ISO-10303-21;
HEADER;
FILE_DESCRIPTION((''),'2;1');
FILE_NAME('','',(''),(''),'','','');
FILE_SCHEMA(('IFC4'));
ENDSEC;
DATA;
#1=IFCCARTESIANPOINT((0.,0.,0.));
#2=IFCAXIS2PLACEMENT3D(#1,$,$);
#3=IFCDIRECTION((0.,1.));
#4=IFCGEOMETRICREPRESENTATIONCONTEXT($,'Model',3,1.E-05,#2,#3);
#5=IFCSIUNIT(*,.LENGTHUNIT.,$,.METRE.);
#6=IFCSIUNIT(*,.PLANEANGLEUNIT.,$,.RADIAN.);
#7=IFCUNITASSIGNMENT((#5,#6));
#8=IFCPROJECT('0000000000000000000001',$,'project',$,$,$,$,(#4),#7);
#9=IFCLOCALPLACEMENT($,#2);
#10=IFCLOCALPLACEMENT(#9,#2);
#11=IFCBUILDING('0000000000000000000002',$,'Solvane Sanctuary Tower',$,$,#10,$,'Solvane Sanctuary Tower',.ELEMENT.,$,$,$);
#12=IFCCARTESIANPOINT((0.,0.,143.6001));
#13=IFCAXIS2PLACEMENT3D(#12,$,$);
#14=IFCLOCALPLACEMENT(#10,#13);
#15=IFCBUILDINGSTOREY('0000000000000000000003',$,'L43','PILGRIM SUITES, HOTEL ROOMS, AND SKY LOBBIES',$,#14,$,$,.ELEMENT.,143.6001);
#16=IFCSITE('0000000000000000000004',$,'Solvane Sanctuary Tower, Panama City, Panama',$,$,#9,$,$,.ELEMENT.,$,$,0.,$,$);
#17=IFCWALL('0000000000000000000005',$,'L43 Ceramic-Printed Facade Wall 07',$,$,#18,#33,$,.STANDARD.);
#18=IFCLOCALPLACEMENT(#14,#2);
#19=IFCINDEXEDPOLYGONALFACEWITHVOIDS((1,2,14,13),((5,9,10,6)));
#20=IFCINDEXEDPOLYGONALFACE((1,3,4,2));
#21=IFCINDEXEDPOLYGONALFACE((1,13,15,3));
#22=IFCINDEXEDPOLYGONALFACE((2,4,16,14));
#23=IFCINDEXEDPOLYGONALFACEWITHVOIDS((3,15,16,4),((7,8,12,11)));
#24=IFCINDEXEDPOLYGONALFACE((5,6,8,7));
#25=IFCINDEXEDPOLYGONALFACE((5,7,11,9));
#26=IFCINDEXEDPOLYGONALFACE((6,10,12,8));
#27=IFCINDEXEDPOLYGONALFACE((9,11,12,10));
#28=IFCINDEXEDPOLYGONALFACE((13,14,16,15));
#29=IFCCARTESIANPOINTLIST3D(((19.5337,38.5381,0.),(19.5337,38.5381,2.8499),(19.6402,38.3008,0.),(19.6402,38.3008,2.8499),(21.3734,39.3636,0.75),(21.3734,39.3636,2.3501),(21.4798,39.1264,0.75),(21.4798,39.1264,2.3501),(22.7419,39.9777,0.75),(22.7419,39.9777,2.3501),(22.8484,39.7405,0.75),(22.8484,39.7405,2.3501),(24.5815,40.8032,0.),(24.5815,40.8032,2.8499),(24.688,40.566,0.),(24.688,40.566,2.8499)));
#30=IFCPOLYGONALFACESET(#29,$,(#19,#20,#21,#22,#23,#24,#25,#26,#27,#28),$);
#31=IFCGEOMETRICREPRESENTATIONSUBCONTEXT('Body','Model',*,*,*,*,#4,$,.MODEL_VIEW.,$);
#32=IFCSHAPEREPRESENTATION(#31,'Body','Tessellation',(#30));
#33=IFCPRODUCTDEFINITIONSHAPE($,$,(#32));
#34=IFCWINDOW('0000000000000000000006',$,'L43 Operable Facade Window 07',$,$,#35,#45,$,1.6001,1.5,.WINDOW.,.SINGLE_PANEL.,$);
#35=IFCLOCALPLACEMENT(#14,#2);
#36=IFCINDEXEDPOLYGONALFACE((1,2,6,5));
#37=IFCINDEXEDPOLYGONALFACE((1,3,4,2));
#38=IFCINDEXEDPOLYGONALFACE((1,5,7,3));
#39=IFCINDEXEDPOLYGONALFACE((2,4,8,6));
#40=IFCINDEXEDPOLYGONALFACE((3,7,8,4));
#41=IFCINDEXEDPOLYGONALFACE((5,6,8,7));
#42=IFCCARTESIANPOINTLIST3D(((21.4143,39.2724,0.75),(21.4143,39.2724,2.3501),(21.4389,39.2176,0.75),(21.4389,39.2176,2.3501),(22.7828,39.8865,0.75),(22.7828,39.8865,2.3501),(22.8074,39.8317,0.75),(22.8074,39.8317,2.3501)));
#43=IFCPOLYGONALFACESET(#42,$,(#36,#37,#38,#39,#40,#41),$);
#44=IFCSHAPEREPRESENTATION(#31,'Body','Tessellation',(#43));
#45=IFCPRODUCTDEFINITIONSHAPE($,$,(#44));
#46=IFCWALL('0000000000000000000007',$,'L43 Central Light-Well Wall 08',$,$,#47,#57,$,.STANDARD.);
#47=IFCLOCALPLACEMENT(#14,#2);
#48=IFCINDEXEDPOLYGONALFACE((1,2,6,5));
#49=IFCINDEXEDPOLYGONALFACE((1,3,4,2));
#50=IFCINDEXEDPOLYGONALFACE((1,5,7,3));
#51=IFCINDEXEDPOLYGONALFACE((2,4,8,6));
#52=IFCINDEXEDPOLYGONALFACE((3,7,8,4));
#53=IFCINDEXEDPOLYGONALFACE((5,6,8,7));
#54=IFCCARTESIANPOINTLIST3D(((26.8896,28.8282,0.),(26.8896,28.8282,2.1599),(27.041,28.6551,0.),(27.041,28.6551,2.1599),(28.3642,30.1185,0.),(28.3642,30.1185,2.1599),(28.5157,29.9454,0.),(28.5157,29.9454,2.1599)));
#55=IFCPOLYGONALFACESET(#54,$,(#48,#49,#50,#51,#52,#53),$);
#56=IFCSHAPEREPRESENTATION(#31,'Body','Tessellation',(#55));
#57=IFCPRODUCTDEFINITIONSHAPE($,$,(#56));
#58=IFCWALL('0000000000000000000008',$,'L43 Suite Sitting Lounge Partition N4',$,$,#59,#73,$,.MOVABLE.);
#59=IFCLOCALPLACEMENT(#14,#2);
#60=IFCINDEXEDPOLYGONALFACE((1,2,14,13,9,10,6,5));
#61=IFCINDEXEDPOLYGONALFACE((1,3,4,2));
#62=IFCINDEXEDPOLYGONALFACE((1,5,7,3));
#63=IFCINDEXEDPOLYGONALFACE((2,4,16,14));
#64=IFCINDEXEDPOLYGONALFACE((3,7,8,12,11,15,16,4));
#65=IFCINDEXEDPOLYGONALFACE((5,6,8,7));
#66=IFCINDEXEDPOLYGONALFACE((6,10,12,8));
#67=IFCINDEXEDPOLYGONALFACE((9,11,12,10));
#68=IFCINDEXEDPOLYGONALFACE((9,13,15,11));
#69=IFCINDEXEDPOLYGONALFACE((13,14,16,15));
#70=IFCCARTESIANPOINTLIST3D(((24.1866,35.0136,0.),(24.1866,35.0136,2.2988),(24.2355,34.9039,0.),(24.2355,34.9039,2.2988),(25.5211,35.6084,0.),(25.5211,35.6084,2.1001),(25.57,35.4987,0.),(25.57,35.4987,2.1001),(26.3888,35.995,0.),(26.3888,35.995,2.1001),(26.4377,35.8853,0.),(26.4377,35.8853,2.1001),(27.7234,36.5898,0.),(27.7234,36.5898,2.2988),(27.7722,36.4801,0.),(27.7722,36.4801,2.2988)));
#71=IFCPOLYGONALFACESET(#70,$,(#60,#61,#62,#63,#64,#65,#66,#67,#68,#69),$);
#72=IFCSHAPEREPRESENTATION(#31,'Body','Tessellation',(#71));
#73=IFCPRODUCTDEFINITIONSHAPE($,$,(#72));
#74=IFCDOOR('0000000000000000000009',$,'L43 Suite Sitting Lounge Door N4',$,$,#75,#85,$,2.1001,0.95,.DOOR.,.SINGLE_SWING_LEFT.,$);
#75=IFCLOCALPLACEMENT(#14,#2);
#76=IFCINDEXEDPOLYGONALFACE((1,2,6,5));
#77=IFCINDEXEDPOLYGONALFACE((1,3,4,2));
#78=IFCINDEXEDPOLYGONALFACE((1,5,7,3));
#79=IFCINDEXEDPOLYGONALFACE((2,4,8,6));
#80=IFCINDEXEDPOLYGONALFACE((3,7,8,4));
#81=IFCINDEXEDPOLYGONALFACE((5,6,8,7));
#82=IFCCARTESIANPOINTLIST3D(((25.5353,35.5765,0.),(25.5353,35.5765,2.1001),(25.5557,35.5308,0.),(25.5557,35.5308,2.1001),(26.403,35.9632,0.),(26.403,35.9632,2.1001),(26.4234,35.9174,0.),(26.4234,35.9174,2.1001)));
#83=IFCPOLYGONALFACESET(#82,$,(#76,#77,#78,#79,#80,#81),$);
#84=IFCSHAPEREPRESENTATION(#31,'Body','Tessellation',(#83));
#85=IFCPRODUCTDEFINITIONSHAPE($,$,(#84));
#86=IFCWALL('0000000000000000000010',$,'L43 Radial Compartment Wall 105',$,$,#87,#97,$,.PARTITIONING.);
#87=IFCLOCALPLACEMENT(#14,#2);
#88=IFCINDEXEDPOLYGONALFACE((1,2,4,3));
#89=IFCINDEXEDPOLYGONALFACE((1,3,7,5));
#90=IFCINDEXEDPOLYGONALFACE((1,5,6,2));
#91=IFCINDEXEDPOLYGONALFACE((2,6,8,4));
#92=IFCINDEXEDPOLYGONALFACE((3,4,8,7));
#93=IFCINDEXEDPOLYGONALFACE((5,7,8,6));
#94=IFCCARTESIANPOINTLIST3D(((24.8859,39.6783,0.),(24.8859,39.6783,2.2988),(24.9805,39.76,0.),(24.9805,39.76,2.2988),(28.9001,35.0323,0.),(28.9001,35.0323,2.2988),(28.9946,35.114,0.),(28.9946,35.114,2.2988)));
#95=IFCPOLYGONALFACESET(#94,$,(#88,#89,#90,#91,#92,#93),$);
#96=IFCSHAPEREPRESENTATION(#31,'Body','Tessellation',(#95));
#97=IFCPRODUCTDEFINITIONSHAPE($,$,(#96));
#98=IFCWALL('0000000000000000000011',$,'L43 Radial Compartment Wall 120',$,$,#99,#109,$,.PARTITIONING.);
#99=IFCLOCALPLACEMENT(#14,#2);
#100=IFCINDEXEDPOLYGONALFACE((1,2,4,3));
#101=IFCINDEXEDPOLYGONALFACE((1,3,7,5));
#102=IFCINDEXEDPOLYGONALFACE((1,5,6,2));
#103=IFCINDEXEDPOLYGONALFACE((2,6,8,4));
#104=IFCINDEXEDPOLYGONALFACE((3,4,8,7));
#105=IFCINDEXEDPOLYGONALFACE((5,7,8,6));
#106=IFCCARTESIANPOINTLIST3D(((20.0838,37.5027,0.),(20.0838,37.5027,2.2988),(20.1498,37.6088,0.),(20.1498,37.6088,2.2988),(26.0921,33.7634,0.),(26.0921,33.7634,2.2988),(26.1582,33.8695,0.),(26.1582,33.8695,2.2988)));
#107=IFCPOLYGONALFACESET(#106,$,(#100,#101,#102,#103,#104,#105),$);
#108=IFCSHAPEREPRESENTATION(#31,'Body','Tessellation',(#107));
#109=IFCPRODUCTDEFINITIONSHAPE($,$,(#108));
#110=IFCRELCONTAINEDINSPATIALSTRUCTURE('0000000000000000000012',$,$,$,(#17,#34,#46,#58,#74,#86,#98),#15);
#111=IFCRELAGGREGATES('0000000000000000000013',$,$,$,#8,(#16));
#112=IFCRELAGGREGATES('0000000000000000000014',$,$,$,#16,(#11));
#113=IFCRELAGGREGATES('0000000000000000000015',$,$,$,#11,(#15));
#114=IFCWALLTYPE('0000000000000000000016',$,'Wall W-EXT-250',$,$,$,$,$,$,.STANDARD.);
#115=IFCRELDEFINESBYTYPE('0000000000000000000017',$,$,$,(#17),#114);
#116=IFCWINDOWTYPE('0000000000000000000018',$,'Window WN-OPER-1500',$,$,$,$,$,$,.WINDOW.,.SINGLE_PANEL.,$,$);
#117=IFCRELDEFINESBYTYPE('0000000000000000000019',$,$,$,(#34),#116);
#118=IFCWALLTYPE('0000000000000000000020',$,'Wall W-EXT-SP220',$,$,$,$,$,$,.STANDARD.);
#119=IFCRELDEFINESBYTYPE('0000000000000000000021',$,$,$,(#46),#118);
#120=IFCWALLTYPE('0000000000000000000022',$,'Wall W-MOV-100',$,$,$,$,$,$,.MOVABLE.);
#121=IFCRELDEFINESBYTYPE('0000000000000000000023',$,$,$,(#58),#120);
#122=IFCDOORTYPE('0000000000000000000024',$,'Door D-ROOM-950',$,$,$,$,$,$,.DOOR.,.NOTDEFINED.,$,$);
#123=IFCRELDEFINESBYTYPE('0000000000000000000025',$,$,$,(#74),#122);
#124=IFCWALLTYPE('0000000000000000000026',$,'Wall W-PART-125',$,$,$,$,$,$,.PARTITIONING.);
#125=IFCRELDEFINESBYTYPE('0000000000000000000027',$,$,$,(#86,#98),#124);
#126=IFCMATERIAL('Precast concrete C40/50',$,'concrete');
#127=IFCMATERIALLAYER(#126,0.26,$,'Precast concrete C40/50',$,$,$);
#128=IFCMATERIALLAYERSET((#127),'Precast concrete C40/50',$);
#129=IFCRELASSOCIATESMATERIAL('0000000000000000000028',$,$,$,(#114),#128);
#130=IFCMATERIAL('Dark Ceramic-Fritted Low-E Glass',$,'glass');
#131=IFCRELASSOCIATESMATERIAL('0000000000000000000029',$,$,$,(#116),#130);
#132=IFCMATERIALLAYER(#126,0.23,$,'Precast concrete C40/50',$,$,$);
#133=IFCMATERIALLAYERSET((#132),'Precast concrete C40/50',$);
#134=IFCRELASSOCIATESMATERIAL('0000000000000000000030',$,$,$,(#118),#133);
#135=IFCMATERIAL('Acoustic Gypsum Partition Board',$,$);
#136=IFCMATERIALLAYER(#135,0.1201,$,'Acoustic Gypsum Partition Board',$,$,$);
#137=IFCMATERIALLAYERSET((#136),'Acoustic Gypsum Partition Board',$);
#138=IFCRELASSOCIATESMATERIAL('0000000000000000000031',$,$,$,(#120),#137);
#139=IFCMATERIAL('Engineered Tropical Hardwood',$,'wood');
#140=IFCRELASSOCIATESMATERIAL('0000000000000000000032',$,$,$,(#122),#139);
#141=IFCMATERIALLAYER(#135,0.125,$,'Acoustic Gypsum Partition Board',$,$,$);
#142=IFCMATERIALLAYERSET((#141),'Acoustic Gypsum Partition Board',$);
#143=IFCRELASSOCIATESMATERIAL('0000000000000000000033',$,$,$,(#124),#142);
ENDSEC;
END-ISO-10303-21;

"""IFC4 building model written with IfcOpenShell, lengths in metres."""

from ifc_helpers import new_model, si_unit, direction, frame, frame_2d, origin, place, context, subcontext, project, spatial, rectangle, extrude, material, layer, layer_set, type_object, element, fill, save


model = new_model("IFC4")

# Units and contexts
model_context = context("Model", 3, precision=1e-05, world=origin(), true_north=direction((0.0, 1.0)))
body_context = subcontext(model_context, "Body", "Model", "MODEL_VIEW")
ifc_project = project(units=[si_unit("LENGTHUNIT", "METRE"), si_unit("PLANEANGLEUNIT", "RADIAN")], contexts=[model_context])

# Site, building, storey
site_placement = place(None, origin())
site = spatial("IfcSite", under=ifc_project, at=site_placement, Name="Solvane Sanctuary Tower, Panama City, Panama", CompositionType="ELEMENT", RefElevation=0.0)
building_placement = place(site_placement, origin())
building = spatial("IfcBuilding", under=site, at=building_placement, Name="Solvane Sanctuary Tower", LongName="Solvane Sanctuary Tower", CompositionType="ELEMENT")
storey_placement = place(building_placement, frame((0.0, 0.0, 143.6001)))
storey = spatial("IfcBuildingStorey", under=building, at=storey_placement, Name="L43", Description="PILGRIM SUITES, HOTEL ROOMS, AND SKY LOBBIES", CompositionType="ELEMENT", Elevation=143.6001)

# Shared definitions
ifc_material_1 = material(Name="Acoustic Gypsum Partition Board")

# Wall, opening, window
ifc_material_2 = material(Name="Precast concrete C40/50", Category="concrete")
ifc_layer_1 = layer(ifc_material_2, 0.26, Name="Precast concrete C40/50")
ifc_layer_set_1 = layer_set([ifc_layer_1], Name="Precast concrete C40/50")
wall_type_1 = type_object("IfcWallType", Name="Wall W-EXT-250", PredefinedType="STANDARD", material=ifc_layer_set_1)
wall_1_placement = place(storey_placement, frame((24.6348, 40.6846, 0.0), z_axis=(0.0, 0.0, 1.0), x_axis=(-0.912354, -0.409403, 0.0)))
wall_1 = element("IfcWall", 1, at=wall_1_placement, inside=storey, type_object=wall_type_1, Name="L43 Ceramic-Printed Facade Wall 07", PredefinedType="STANDARD", context=body_context, shape_type="SweptSolid", body=[
    extrude(rectangle(XDim=5.5327, YDim=0.26, at=frame_2d((2.7664, 0.0))), origin(), (0.0, 0.0, 1.0), 2.8499),
])
opening_1_placement = place(wall_1_placement, frame((2.0164, 0.0, 0.75)))
opening_1 = element("IfcOpeningElement", 2, at=opening_1_placement, cuts=wall_1, PredefinedType="OPENING", context=body_context, shape_type="SweptSolid", body=[
    extrude(rectangle(XDim=1.5, YDim=1.6001, at=frame_2d((0.75, 0.8))), frame((0.0, 0.1399, 0.0), z_axis=(0.0, -1.0, 0.0), x_axis=(1.0, 0.0, 0.0)), (0.0, 0.0, 1.0), 0.28),
])
ifc_material_3 = material(Name="Dark Ceramic-Fritted Low-E Glass", Category="glass")
window_type = type_object("IfcWindowType", Name="Window WN-OPER-1500", PartitioningType="SINGLE_PANEL", PredefinedType="WINDOW", material=ifc_material_3)
window_placement = place(opening_1_placement, origin())
window = element("IfcWindow", 3, at=window_placement, inside=storey, type_object=window_type, Name="L43 Operable Facade Window 07", OverallHeight=1.6001, OverallWidth=1.5, PartitioningType="SINGLE_PANEL", PredefinedType="WINDOW", context=body_context, shape_type="SweptSolid", body=[
    extrude(rectangle(XDim=1.5, YDim=1.6001, at=frame_2d((0.75, 0.8))), frame((0.0, 0.03, 0.0), z_axis=(0.0, -1.0, 0.0), x_axis=(1.0, 0.0, 0.0)), (0.0, 0.0, 1.0), 0.0601),
])
fill(opening_1, window)

# Wall
ifc_layer_2 = layer(ifc_material_2, 0.23, Name="Precast concrete C40/50")
ifc_layer_set_2 = layer_set([ifc_layer_2], Name="Precast concrete C40/50")
wall_type_2 = type_object("IfcWallType", Name="Wall W-EXT-SP220", PredefinedType="STANDARD", material=ifc_layer_set_2)
wall_2_placement = place(storey_placement, frame((28.4399, 30.032, 0.0), z_axis=(0.0, 0.0, 1.0), x_axis=(-0.752577, -0.658505, 0.0)))
element("IfcWall", 4, at=wall_2_placement, inside=storey, type_object=wall_type_2, Name="L43 Central Light-Well Wall 08", PredefinedType="STANDARD", context=body_context, shape_type="SweptSolid", body=[
    extrude(rectangle(XDim=1.9595, YDim=0.23, at=frame_2d((0.9797, 0.0))), origin(), (0.0, 0.0, 1.0), 2.1599),
])

# Wall, opening, door
ifc_layer_3 = layer(ifc_material_1, 0.1201, Name="Acoustic Gypsum Partition Board")
ifc_layer_set_3 = layer_set([ifc_layer_3], Name="Acoustic Gypsum Partition Board")
wall_type_3 = type_object("IfcWallType", Name="Wall W-MOV-100", PredefinedType="MOVABLE", material=ifc_layer_set_3)
wall_3_placement = place(storey_placement, frame((27.7478, 36.5349, 0.0), z_axis=(0.0, 0.0, 1.0), x_axis=(-0.913405, -0.407051, 0.0)))
wall_3 = element("IfcWall", 5, at=wall_3_placement, inside=storey, type_object=wall_type_3, Name="L43 Suite Sitting Lounge Partition N4", PredefinedType="MOVABLE", context=body_context, shape_type="SweptSolid", body=[
    extrude(rectangle(XDim=3.8721, YDim=0.1201, at=frame_2d((1.936, 0.0))), origin(), (0.0, 0.0, 1.0), 2.2988),
])
opening_2_placement = place(wall_3_placement, frame((1.4609, 0.0, 0.0)))
opening_2 = element("IfcOpeningElement", 6, at=opening_2_placement, cuts=wall_3, PredefinedType="OPENING", context=body_context, shape_type="SweptSolid", body=[
    extrude(rectangle(XDim=0.95, YDim=2.1001, at=frame_2d((0.4751, 1.05))), frame((0.0, 0.0701, 0.0), z_axis=(0.0, -1.0, 0.0), x_axis=(1.0, 0.0, 0.0)), (0.0, 0.0, 1.0), 0.1401),
])
ifc_material_4 = material(Name="Engineered Tropical Hardwood", Category="wood")
door_type = type_object("IfcDoorType", Name="Door D-ROOM-950", OperationType="NOTDEFINED", PredefinedType="DOOR", material=ifc_material_4)
door_placement = place(opening_2_placement, origin())
door = element("IfcDoor", 7, at=door_placement, inside=storey, type_object=door_type, Name="L43 Suite Sitting Lounge Door N4", OperationType="SINGLE_SWING_LEFT", OverallHeight=2.1001, OverallWidth=0.95, PredefinedType="DOOR", context=body_context, shape_type="SweptSolid", body=[
    extrude(rectangle(XDim=0.95, YDim=2.1001, at=frame_2d((0.4751, 1.05))), frame((0.0, 0.0249, 0.0), z_axis=(0.0, -1.0, 0.0), x_axis=(1.0, 0.0, 0.0)), (0.0, 0.0, 1.0), 0.05),
])
fill(opening_2, door)

# Walls
ifc_layer_4 = layer(ifc_material_1, 0.125, Name="Acoustic Gypsum Partition Board")
ifc_layer_set_4 = layer_set([ifc_layer_4], Name="Acoustic Gypsum Partition Board")
wall_type_4 = type_object("IfcWallType", Name="Wall W-PART-125", PredefinedType="PARTITIONING", material=ifc_layer_set_4)
wall_4_placement = place(storey_placement, frame((28.9473, 35.0732, 0.0), z_axis=(0.0, 0.0, 1.0), x_axis=(-0.653779, 0.756685, 0.0)))
element("IfcWall", 8, at=wall_4_placement, inside=storey, type_object=wall_type_4, Name="L43 Radial Compartment Wall 105", PredefinedType="PARTITIONING", context=body_context, shape_type="SweptSolid", body=[
    extrude(rectangle(XDim=6.1399, YDim=0.125, at=frame_2d((3.0698, 0.0))), origin(), (0.0, 0.0, 1.0), 2.2988),
])
wall_5_placement = place(storey_placement, frame((26.1252, 33.8164, 0.0), z_axis=(0.0, 0.0, 1.0), x_axis=(-0.849008, 0.528379, 0.0)))
element("IfcWall", 9, at=wall_5_placement, inside=storey, type_object=wall_type_4, Name="L43 Radial Compartment Wall 120", PredefinedType="PARTITIONING", context=body_context, shape_type="SweptSolid", body=[
    extrude(rectangle(XDim=7.0769, YDim=0.125, at=frame_2d((3.5386, 0.0))), origin(), (0.0, 0.0, 1.0), 2.2988),
])

save(model, "model.ifc")
